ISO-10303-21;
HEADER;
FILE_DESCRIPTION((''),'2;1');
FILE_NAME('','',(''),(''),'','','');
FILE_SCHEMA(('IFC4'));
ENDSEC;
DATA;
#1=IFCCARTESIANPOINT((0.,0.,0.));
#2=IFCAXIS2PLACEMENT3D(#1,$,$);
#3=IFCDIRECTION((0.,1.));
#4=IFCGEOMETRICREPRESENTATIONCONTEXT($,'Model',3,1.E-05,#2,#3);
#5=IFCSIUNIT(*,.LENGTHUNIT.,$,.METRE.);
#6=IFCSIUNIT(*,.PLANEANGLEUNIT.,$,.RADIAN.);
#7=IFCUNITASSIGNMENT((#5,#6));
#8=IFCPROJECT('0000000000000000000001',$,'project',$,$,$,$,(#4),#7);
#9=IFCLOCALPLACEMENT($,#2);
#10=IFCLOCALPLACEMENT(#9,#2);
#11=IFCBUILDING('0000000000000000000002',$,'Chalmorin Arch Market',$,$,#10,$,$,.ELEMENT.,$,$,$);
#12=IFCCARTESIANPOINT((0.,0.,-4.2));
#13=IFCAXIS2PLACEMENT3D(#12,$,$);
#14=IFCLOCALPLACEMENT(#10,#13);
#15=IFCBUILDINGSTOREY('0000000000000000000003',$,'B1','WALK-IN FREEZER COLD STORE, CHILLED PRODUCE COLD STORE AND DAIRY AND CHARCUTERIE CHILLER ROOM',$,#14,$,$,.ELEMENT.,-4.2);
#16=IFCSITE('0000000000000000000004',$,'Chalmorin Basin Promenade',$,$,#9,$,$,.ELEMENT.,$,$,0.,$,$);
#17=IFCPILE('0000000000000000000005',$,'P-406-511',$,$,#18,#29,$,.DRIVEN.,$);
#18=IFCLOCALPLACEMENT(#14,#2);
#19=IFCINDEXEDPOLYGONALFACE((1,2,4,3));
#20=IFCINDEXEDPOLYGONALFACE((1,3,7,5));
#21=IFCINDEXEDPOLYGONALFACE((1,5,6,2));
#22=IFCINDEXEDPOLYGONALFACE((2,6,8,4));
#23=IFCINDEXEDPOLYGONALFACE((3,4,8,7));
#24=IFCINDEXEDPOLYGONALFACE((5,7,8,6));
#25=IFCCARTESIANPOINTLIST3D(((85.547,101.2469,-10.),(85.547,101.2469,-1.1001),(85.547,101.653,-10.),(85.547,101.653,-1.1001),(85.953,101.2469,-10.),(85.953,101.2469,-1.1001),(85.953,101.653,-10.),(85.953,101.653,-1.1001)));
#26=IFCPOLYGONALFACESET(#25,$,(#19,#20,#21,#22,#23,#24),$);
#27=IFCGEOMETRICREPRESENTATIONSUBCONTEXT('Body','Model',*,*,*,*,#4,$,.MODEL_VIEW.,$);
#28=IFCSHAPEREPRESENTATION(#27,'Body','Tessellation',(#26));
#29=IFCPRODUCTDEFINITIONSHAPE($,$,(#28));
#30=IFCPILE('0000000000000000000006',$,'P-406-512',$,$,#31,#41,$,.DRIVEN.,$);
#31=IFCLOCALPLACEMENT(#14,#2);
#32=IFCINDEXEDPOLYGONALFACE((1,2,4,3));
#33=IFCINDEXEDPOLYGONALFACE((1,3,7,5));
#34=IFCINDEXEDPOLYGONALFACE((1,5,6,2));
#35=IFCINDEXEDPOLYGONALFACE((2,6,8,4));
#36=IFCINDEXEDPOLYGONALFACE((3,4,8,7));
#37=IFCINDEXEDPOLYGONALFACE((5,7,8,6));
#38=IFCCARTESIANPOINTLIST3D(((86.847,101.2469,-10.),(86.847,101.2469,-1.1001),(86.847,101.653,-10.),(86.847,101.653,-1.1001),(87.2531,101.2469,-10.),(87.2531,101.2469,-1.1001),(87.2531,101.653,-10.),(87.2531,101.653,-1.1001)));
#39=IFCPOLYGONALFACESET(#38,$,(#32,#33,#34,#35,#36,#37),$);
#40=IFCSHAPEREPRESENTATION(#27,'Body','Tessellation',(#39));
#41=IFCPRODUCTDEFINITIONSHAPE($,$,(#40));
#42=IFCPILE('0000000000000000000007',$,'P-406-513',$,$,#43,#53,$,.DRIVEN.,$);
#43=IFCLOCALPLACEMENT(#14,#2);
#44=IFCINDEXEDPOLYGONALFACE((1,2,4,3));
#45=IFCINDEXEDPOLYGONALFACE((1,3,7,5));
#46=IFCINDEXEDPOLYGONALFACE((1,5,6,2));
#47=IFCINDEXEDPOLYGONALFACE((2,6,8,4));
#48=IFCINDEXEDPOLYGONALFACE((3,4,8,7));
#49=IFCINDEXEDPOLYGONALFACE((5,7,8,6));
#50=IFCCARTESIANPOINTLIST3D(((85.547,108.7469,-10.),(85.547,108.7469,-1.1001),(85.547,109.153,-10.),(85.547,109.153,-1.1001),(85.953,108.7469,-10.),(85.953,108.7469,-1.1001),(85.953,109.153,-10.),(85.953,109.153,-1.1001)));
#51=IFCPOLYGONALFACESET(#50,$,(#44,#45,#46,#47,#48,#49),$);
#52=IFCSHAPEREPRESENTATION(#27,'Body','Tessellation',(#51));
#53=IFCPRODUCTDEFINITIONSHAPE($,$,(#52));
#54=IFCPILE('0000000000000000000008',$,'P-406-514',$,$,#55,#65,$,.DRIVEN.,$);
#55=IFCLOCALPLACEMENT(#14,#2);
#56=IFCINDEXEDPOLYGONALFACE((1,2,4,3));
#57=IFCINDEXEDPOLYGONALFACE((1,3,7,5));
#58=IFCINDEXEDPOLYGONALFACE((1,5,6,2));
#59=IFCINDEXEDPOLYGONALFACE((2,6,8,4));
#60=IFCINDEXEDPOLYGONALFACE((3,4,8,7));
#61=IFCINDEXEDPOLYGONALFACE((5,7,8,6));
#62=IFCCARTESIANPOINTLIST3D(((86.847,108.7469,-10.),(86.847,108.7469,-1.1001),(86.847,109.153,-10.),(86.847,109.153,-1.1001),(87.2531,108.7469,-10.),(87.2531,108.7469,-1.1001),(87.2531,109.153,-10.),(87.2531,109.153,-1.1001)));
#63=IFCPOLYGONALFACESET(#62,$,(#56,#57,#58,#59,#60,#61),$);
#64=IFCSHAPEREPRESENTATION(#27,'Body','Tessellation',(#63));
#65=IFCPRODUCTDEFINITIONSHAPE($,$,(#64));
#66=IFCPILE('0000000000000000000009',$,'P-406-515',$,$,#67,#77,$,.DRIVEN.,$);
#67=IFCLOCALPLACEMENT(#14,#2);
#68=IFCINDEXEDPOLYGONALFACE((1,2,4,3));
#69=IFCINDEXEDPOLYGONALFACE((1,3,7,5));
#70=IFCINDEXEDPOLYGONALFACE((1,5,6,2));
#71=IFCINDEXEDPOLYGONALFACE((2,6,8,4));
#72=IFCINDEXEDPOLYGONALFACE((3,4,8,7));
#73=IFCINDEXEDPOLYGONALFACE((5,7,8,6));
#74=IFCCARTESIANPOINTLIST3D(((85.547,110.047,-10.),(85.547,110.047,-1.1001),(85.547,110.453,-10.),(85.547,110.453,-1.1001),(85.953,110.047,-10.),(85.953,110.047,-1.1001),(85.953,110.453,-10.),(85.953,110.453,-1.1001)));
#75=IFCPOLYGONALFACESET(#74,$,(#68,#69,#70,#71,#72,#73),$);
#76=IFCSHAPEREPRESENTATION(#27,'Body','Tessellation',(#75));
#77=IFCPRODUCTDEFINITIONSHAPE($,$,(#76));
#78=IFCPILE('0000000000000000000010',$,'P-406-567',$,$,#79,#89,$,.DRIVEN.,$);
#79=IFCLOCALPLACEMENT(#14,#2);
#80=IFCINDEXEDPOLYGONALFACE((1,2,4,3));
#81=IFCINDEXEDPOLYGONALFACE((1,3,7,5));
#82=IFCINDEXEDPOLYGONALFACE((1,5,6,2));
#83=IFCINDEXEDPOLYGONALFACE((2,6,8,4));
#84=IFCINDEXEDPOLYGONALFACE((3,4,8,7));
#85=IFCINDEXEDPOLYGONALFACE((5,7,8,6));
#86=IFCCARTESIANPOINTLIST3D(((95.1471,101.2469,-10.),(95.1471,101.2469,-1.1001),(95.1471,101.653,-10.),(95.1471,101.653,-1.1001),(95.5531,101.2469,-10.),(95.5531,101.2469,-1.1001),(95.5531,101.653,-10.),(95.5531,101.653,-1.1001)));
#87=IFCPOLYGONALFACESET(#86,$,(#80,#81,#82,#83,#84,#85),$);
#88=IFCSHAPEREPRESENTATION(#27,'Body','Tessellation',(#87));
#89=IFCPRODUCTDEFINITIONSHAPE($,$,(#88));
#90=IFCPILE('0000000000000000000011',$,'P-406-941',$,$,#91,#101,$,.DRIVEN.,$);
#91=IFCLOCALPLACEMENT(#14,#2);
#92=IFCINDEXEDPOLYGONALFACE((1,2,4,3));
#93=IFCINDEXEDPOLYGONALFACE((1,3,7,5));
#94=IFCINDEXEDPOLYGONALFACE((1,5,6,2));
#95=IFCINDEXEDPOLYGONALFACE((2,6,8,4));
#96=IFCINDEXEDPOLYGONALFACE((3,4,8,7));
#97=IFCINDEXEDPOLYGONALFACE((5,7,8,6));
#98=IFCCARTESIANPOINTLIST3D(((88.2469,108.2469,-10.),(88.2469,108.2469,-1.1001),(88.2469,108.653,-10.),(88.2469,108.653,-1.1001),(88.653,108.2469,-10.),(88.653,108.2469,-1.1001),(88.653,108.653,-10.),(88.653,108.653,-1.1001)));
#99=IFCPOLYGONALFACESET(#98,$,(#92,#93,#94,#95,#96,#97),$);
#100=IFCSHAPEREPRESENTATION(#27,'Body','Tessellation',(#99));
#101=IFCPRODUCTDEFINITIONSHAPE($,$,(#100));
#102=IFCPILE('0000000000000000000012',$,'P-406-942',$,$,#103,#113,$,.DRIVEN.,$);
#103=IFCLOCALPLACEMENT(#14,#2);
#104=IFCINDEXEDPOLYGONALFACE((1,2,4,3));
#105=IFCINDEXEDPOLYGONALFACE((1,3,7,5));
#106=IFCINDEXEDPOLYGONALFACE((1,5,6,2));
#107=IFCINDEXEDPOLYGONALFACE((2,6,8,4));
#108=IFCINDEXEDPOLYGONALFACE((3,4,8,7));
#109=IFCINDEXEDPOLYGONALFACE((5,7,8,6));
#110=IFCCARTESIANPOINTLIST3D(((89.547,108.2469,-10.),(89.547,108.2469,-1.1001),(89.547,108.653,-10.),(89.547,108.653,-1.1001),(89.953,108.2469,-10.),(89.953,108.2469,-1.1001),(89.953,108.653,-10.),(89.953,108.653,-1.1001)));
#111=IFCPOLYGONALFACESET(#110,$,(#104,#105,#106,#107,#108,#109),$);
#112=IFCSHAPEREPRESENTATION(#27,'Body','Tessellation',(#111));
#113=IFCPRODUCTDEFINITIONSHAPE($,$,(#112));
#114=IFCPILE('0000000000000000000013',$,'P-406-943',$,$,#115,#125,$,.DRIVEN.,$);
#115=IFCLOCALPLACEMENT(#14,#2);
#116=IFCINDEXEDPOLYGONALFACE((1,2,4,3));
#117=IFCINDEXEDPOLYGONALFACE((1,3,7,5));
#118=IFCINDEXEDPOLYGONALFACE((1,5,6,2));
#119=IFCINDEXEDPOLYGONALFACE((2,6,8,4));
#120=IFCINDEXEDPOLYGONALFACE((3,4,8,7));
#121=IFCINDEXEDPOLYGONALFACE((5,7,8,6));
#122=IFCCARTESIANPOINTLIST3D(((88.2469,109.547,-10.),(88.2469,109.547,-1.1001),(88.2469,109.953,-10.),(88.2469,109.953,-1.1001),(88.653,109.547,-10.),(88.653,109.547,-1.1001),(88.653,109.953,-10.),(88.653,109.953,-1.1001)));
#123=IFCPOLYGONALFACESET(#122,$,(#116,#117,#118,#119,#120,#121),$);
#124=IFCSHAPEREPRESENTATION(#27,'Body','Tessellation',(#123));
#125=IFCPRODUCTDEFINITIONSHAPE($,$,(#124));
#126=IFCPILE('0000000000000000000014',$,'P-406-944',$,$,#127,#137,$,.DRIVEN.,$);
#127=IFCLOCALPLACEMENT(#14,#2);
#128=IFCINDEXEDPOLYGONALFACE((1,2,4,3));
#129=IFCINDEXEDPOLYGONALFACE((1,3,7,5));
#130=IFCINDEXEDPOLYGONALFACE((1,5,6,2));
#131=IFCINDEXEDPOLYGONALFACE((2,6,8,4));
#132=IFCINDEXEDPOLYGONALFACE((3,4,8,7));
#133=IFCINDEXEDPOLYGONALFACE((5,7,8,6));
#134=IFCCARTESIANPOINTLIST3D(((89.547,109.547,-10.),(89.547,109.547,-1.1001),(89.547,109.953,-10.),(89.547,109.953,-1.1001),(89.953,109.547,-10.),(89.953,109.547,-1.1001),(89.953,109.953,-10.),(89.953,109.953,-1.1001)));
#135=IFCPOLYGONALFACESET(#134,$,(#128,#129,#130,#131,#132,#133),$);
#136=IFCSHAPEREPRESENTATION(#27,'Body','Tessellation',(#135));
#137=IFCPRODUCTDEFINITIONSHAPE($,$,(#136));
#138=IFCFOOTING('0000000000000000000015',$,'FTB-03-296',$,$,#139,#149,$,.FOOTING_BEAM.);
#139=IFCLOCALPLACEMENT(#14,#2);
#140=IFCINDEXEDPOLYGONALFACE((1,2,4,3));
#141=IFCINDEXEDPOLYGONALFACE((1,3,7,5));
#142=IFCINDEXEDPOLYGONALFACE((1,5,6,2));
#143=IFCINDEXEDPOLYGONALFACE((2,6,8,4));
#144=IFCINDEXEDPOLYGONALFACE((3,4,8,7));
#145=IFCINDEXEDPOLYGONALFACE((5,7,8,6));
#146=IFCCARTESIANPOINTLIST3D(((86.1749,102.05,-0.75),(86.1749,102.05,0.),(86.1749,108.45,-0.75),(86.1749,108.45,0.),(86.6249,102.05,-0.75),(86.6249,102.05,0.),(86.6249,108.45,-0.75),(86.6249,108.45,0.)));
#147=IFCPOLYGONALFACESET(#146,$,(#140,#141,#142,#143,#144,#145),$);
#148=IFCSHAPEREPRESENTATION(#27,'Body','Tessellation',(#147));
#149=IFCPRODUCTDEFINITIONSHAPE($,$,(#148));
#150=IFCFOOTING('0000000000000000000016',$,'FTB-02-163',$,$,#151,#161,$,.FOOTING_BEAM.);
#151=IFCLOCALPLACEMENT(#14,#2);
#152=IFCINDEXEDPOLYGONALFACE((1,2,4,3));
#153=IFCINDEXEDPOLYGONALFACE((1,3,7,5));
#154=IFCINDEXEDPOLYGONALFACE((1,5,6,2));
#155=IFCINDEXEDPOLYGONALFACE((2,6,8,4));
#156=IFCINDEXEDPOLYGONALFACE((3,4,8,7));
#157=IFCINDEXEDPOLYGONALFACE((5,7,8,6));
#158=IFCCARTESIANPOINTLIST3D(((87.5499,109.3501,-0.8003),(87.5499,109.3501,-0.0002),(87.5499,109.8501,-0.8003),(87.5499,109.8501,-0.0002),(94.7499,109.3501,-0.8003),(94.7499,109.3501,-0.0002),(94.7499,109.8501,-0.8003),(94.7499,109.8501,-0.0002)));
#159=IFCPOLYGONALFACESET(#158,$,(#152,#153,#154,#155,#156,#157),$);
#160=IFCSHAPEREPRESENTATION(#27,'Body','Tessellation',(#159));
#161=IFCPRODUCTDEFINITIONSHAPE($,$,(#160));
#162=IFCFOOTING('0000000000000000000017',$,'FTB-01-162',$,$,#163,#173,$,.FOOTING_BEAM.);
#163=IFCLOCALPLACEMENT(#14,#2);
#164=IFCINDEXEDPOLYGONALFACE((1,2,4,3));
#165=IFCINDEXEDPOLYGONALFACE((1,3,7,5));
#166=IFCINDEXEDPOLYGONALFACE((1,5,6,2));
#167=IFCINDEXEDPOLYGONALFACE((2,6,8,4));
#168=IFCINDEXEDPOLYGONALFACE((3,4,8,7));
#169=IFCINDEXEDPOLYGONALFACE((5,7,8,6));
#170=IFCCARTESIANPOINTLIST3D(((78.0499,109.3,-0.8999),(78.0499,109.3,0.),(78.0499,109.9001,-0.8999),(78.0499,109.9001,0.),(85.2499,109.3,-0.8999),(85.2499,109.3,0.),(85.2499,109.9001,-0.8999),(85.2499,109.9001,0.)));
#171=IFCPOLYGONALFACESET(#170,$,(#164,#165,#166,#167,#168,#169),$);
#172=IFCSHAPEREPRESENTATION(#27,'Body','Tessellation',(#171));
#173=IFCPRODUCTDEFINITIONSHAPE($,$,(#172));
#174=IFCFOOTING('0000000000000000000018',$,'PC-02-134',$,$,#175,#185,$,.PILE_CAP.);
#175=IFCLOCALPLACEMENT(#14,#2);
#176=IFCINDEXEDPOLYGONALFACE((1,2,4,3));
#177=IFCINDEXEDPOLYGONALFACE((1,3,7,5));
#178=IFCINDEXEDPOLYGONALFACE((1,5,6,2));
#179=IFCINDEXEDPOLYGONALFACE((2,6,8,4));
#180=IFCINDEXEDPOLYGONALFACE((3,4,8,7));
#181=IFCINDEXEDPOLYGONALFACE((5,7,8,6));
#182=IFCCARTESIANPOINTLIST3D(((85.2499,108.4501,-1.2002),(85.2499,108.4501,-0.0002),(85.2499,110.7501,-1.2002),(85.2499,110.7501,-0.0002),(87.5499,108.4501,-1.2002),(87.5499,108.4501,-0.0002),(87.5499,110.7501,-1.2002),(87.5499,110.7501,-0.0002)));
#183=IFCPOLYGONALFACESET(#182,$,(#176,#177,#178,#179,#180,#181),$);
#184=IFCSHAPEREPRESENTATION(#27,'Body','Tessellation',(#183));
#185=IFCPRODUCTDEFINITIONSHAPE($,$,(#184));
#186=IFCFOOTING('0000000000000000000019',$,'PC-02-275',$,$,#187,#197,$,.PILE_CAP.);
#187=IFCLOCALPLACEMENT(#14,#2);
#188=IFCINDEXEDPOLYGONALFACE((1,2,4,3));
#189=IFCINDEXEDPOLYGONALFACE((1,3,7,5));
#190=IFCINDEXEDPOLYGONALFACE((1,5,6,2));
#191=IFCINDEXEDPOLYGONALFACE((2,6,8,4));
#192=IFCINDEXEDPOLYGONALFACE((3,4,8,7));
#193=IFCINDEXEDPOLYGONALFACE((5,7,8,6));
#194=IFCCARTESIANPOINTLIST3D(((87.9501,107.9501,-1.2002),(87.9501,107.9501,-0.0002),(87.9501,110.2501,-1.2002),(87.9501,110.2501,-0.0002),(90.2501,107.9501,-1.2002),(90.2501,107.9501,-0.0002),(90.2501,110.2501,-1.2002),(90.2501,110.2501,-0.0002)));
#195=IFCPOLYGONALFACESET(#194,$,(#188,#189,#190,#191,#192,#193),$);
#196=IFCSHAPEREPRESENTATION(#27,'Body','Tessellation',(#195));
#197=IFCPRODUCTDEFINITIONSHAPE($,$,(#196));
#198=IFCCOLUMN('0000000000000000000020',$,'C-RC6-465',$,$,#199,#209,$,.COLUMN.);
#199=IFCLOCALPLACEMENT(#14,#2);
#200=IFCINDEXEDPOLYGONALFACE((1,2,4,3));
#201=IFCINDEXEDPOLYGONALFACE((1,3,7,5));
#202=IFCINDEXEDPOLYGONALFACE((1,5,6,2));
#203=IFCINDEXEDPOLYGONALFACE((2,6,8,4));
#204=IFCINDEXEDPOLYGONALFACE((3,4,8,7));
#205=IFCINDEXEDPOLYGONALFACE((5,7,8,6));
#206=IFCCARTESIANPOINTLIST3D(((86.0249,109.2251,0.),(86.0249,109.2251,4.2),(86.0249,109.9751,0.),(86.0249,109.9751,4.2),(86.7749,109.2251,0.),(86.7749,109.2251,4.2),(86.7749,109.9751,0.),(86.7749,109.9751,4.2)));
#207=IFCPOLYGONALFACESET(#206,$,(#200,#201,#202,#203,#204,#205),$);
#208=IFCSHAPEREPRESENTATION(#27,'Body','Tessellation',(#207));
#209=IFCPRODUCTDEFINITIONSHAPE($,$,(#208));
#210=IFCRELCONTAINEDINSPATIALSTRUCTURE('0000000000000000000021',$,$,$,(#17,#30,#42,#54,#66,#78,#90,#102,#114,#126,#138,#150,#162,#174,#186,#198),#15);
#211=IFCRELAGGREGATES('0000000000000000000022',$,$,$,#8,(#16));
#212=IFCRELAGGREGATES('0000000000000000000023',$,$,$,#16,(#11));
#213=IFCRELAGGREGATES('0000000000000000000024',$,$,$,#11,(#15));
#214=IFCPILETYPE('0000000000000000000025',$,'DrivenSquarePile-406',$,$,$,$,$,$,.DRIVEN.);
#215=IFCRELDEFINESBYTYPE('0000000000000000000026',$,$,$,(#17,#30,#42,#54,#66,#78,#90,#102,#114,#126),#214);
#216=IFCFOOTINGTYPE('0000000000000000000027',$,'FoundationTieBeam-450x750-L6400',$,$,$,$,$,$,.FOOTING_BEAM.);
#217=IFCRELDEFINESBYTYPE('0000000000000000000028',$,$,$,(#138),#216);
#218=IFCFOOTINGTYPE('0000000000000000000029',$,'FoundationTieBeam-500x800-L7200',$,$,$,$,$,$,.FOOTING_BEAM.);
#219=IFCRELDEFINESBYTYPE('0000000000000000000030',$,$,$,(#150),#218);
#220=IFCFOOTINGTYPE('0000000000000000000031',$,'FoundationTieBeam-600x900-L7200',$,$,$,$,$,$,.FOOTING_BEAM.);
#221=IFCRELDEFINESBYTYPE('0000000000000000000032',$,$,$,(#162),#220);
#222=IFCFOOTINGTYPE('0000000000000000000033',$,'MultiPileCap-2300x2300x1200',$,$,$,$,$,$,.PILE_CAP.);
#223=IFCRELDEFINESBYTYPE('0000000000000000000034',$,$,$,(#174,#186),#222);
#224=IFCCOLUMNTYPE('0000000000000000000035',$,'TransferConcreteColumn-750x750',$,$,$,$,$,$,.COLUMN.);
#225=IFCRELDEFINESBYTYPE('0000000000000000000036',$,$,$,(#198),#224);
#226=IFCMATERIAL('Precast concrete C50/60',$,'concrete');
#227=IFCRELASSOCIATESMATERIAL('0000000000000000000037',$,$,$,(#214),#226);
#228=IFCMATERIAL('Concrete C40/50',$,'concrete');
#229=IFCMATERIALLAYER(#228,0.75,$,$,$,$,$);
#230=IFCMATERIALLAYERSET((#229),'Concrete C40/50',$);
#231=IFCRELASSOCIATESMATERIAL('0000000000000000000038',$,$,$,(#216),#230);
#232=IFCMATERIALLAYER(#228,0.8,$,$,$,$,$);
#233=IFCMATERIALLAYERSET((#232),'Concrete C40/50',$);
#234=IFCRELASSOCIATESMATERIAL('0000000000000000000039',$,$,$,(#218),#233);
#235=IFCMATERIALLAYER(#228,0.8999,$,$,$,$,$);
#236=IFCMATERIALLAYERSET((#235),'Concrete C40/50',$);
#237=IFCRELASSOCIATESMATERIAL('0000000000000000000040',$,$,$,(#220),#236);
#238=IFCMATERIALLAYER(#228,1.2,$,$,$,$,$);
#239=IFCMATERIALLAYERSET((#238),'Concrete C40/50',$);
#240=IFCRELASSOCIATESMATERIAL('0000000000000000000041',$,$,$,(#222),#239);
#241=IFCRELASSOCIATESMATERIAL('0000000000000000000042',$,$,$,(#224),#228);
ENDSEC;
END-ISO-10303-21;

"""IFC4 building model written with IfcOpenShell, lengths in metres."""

from ifc_helpers import new_model, si_unit, direction, frame, origin, origin_2d, place, context, subcontext, project, spatial, rectangle, extrude, material, layer, layer_set, material_profile, profile_set, type_object, element, save


model = new_model("IFC4")

# Units and contexts
model_context = context("Model", 3, precision=1e-05, world=origin(), true_north=direction((0.0, 1.0)))
body_context = subcontext(model_context, "Body", "Model", "MODEL_VIEW")
ifc_project = project(units=[si_unit("LENGTHUNIT", "METRE"), si_unit("PLANEANGLEUNIT", "RADIAN")], contexts=[model_context])

# Site, building, storey
site_placement = place(None, origin())
site = spatial("IfcSite", under=ifc_project, at=site_placement, Name="Chalmorin Basin Promenade", CompositionType="ELEMENT", RefElevation=0.0)
building_placement = place(site_placement, origin())
building = spatial("IfcBuilding", under=site, at=building_placement, Name="Chalmorin Arch Market", CompositionType="ELEMENT")
storey_placement = place(building_placement, frame((0.0, 0.0, -4.2)))
storey = spatial("IfcBuildingStorey", under=building, at=storey_placement, Name="B1", Description="WALK-IN FREEZER COLD STORE, CHILLED PRODUCE COLD STORE AND DAIRY AND CHARCUTERIE CHILLER ROOM", CompositionType="ELEMENT", Elevation=-4.2)

# Piles
ifc_material_1 = material(Name="Precast concrete C50/60", Category="concrete")
ifc_material_profile_1 = material_profile(ifc_material_1, rectangle(XDim=0.406, YDim=0.406, at=origin_2d()), Name="PPC406")
ifc_profile_set_1 = profile_set([ifc_material_profile_1], Name="Precast concrete C50/60")
pile_type = type_object("IfcPileType", Name="DrivenSquarePile-406", PredefinedType="DRIVEN", material=ifc_profile_set_1)
for number, where, z_axis, x_axis, name in (
    (1, (85.75, 101.45, -1.1001), (0.0, 0.0, -1.0), (1.0, 0.0, 0.0), "P-406-511"),
    (2, (87.05, 101.45, -1.1001), (0.0, 0.0, -1.0), (1.0, 0.0, 0.0), "P-406-512"),
    (3, (85.75, 108.95, -1.1001), (0.0, 0.0, -1.0), (1.0, 0.0, 0.0), "P-406-513"),
    (4, (87.05, 108.95, -1.1001), (0.0, 0.0, -1.0), (1.0, 0.0, 0.0), "P-406-514"),
    (5, (85.75, 110.25, -1.1001), (0.0, 0.0, -1.0), (1.0, 0.0, 0.0), "P-406-515"),
    (6, (95.3501, 101.45, -1.1001), (0.0, 0.0, -1.0), (1.0, 0.0, 0.0), "P-406-567"),
    (7, (88.45, 108.45, -1.1001), (0.0, 0.0, -1.0), (1.0, 0.0, 0.0), "P-406-941"),
    (8, (89.75, 108.45, -1.1001), (0.0, 0.0, -1.0), (1.0, 0.0, 0.0), "P-406-942"),
    (9, (88.45, 109.75, -1.1001), (0.0, 0.0, -1.0), (1.0, 0.0, 0.0), "P-406-943"),
    (10, (89.75, 109.75, -1.1001), (0.0, 0.0, -1.0), (1.0, 0.0, 0.0), "P-406-944"),
):
    element("IfcPile", number, at=place(storey_placement, frame(where, z_axis=z_axis, x_axis=x_axis)), inside=storey, type_object=pile_type, Name=name, PredefinedType="DRIVEN", context=body_context, shape_type="SweptSolid", body=[
        extrude(rectangle(XDim=0.406, YDim=0.406, at=origin_2d()), origin(), (0.0, 0.0, 1.0), 8.8999),
    ])

# Footings
ifc_material_2 = material(Name="Concrete C40/50", Category="concrete")
ifc_layer_1 = layer(ifc_material_2, 0.75)
ifc_layer_set_1 = layer_set([ifc_layer_1], Name="Concrete C40/50")
footing_type_1 = type_object("IfcFootingType", Name="FoundationTieBeam-450x750-L6400", PredefinedType="FOOTING_BEAM", material=ifc_layer_set_1)
footing_1_placement = place(storey_placement, frame((86.3999, 105.25, -0.75), z_axis=(0.0, 0.0, 1.0), x_axis=(0.0, 1.0, 0.0)))
element("IfcFooting", 11, at=footing_1_placement, inside=storey, type_object=footing_type_1, Name="FTB-03-296", PredefinedType="FOOTING_BEAM", context=body_context, shape_type="SweptSolid", body=[
    extrude(rectangle(XDim=6.3999, YDim=0.45, at=origin_2d()), origin(), (0.0, 0.0, 1.0), 0.75),
])
ifc_layer_2 = layer(ifc_material_2, 0.8)
ifc_layer_set_2 = layer_set([ifc_layer_2], Name="Concrete C40/50")
footing_type_2 = type_object("IfcFootingType", Name="FoundationTieBeam-500x800-L7200", PredefinedType="FOOTING_BEAM", material=ifc_layer_set_2)
footing_2_placement = place(storey_placement, frame((91.1499, 109.6001, -0.8003), z_axis=(0.0, 0.0, 1.0), x_axis=(1.0, 0.0, 0.0)))
element("IfcFooting", 12, at=footing_2_placement, inside=storey, type_object=footing_type_2, Name="FTB-02-163", PredefinedType="FOOTING_BEAM", context=body_context, shape_type="SweptSolid", body=[
    extrude(rectangle(XDim=7.2, YDim=0.5, at=origin_2d()), origin(), (0.0, 0.0, 1.0), 0.8),
])
ifc_layer_3 = layer(ifc_material_2, 0.8999)
ifc_layer_set_3 = layer_set([ifc_layer_3], Name="Concrete C40/50")
footing_type_3 = type_object("IfcFootingType", Name="FoundationTieBeam-600x900-L7200", PredefinedType="FOOTING_BEAM", material=ifc_layer_set_3)
footing_3_placement = place(storey_placement, frame((81.6499, 109.6001, -0.8999), z_axis=(0.0, 0.0, 1.0), x_axis=(1.0, 0.0, 0.0)))
element("IfcFooting", 13, at=footing_3_placement, inside=storey, type_object=footing_type_3, Name="FTB-01-162", PredefinedType="FOOTING_BEAM", context=body_context, shape_type="SweptSolid", body=[
    extrude(rectangle(XDim=7.2, YDim=0.6001, at=origin_2d()), origin(), (0.0, 0.0, 1.0), 0.8999),
])
ifc_layer_4 = layer(ifc_material_2, 1.2)
ifc_layer_set_4 = layer_set([ifc_layer_4], Name="Concrete C40/50")
footing_type_4 = type_object("IfcFootingType", Name="MultiPileCap-2300x2300x1200", PredefinedType="PILE_CAP", material=ifc_layer_set_4)
for number, where, z_axis, x_axis, name in (
    (14, (86.3999, 109.6001, -1.2002), (0.0, 0.0, 1.0), (1.0, 0.0, 0.0), "PC-02-134"),
    (15, (89.1001, 109.1001, -1.2002), (0.0, 0.0, 1.0), (1.0, 0.0, 0.0), "PC-02-275"),
):
    element("IfcFooting", number, at=place(storey_placement, frame(where, z_axis=z_axis, x_axis=x_axis)), inside=storey, type_object=footing_type_4, Name=name, PredefinedType="PILE_CAP", context=body_context, shape_type="SweptSolid", body=[
        extrude(rectangle(XDim=2.3, YDim=2.3, at=origin_2d()), origin(), (0.0, 0.0, 1.0), 1.2),
    ])

# Column
ifc_material_profile_2 = material_profile(ifc_material_2, rectangle(XDim=0.75, YDim=0.75, at=origin_2d()), Name="RC750X750")
ifc_profile_set_2 = profile_set([ifc_material_profile_2], Name="Concrete C40/50")
column_type = type_object("IfcColumnType", Name="TransferConcreteColumn-750x750", PredefinedType="COLUMN", material=ifc_profile_set_2)
column_placement = place(storey_placement, frame((86.3999, 109.6001, 0.0), z_axis=(0.0, 0.0, 1.0), x_axis=(1.0, 0.0, 0.0)))
element("IfcColumn", 16, at=column_placement, inside=storey, type_object=column_type, Name="C-RC6-465", PredefinedType="COLUMN", context=body_context, shape_type="SweptSolid", body=[
    extrude(rectangle(XDim=0.75, YDim=0.75, at=origin_2d()), origin(), (0.0, 0.0, 1.0), 4.2),
])

save(model, "model.ifc")
